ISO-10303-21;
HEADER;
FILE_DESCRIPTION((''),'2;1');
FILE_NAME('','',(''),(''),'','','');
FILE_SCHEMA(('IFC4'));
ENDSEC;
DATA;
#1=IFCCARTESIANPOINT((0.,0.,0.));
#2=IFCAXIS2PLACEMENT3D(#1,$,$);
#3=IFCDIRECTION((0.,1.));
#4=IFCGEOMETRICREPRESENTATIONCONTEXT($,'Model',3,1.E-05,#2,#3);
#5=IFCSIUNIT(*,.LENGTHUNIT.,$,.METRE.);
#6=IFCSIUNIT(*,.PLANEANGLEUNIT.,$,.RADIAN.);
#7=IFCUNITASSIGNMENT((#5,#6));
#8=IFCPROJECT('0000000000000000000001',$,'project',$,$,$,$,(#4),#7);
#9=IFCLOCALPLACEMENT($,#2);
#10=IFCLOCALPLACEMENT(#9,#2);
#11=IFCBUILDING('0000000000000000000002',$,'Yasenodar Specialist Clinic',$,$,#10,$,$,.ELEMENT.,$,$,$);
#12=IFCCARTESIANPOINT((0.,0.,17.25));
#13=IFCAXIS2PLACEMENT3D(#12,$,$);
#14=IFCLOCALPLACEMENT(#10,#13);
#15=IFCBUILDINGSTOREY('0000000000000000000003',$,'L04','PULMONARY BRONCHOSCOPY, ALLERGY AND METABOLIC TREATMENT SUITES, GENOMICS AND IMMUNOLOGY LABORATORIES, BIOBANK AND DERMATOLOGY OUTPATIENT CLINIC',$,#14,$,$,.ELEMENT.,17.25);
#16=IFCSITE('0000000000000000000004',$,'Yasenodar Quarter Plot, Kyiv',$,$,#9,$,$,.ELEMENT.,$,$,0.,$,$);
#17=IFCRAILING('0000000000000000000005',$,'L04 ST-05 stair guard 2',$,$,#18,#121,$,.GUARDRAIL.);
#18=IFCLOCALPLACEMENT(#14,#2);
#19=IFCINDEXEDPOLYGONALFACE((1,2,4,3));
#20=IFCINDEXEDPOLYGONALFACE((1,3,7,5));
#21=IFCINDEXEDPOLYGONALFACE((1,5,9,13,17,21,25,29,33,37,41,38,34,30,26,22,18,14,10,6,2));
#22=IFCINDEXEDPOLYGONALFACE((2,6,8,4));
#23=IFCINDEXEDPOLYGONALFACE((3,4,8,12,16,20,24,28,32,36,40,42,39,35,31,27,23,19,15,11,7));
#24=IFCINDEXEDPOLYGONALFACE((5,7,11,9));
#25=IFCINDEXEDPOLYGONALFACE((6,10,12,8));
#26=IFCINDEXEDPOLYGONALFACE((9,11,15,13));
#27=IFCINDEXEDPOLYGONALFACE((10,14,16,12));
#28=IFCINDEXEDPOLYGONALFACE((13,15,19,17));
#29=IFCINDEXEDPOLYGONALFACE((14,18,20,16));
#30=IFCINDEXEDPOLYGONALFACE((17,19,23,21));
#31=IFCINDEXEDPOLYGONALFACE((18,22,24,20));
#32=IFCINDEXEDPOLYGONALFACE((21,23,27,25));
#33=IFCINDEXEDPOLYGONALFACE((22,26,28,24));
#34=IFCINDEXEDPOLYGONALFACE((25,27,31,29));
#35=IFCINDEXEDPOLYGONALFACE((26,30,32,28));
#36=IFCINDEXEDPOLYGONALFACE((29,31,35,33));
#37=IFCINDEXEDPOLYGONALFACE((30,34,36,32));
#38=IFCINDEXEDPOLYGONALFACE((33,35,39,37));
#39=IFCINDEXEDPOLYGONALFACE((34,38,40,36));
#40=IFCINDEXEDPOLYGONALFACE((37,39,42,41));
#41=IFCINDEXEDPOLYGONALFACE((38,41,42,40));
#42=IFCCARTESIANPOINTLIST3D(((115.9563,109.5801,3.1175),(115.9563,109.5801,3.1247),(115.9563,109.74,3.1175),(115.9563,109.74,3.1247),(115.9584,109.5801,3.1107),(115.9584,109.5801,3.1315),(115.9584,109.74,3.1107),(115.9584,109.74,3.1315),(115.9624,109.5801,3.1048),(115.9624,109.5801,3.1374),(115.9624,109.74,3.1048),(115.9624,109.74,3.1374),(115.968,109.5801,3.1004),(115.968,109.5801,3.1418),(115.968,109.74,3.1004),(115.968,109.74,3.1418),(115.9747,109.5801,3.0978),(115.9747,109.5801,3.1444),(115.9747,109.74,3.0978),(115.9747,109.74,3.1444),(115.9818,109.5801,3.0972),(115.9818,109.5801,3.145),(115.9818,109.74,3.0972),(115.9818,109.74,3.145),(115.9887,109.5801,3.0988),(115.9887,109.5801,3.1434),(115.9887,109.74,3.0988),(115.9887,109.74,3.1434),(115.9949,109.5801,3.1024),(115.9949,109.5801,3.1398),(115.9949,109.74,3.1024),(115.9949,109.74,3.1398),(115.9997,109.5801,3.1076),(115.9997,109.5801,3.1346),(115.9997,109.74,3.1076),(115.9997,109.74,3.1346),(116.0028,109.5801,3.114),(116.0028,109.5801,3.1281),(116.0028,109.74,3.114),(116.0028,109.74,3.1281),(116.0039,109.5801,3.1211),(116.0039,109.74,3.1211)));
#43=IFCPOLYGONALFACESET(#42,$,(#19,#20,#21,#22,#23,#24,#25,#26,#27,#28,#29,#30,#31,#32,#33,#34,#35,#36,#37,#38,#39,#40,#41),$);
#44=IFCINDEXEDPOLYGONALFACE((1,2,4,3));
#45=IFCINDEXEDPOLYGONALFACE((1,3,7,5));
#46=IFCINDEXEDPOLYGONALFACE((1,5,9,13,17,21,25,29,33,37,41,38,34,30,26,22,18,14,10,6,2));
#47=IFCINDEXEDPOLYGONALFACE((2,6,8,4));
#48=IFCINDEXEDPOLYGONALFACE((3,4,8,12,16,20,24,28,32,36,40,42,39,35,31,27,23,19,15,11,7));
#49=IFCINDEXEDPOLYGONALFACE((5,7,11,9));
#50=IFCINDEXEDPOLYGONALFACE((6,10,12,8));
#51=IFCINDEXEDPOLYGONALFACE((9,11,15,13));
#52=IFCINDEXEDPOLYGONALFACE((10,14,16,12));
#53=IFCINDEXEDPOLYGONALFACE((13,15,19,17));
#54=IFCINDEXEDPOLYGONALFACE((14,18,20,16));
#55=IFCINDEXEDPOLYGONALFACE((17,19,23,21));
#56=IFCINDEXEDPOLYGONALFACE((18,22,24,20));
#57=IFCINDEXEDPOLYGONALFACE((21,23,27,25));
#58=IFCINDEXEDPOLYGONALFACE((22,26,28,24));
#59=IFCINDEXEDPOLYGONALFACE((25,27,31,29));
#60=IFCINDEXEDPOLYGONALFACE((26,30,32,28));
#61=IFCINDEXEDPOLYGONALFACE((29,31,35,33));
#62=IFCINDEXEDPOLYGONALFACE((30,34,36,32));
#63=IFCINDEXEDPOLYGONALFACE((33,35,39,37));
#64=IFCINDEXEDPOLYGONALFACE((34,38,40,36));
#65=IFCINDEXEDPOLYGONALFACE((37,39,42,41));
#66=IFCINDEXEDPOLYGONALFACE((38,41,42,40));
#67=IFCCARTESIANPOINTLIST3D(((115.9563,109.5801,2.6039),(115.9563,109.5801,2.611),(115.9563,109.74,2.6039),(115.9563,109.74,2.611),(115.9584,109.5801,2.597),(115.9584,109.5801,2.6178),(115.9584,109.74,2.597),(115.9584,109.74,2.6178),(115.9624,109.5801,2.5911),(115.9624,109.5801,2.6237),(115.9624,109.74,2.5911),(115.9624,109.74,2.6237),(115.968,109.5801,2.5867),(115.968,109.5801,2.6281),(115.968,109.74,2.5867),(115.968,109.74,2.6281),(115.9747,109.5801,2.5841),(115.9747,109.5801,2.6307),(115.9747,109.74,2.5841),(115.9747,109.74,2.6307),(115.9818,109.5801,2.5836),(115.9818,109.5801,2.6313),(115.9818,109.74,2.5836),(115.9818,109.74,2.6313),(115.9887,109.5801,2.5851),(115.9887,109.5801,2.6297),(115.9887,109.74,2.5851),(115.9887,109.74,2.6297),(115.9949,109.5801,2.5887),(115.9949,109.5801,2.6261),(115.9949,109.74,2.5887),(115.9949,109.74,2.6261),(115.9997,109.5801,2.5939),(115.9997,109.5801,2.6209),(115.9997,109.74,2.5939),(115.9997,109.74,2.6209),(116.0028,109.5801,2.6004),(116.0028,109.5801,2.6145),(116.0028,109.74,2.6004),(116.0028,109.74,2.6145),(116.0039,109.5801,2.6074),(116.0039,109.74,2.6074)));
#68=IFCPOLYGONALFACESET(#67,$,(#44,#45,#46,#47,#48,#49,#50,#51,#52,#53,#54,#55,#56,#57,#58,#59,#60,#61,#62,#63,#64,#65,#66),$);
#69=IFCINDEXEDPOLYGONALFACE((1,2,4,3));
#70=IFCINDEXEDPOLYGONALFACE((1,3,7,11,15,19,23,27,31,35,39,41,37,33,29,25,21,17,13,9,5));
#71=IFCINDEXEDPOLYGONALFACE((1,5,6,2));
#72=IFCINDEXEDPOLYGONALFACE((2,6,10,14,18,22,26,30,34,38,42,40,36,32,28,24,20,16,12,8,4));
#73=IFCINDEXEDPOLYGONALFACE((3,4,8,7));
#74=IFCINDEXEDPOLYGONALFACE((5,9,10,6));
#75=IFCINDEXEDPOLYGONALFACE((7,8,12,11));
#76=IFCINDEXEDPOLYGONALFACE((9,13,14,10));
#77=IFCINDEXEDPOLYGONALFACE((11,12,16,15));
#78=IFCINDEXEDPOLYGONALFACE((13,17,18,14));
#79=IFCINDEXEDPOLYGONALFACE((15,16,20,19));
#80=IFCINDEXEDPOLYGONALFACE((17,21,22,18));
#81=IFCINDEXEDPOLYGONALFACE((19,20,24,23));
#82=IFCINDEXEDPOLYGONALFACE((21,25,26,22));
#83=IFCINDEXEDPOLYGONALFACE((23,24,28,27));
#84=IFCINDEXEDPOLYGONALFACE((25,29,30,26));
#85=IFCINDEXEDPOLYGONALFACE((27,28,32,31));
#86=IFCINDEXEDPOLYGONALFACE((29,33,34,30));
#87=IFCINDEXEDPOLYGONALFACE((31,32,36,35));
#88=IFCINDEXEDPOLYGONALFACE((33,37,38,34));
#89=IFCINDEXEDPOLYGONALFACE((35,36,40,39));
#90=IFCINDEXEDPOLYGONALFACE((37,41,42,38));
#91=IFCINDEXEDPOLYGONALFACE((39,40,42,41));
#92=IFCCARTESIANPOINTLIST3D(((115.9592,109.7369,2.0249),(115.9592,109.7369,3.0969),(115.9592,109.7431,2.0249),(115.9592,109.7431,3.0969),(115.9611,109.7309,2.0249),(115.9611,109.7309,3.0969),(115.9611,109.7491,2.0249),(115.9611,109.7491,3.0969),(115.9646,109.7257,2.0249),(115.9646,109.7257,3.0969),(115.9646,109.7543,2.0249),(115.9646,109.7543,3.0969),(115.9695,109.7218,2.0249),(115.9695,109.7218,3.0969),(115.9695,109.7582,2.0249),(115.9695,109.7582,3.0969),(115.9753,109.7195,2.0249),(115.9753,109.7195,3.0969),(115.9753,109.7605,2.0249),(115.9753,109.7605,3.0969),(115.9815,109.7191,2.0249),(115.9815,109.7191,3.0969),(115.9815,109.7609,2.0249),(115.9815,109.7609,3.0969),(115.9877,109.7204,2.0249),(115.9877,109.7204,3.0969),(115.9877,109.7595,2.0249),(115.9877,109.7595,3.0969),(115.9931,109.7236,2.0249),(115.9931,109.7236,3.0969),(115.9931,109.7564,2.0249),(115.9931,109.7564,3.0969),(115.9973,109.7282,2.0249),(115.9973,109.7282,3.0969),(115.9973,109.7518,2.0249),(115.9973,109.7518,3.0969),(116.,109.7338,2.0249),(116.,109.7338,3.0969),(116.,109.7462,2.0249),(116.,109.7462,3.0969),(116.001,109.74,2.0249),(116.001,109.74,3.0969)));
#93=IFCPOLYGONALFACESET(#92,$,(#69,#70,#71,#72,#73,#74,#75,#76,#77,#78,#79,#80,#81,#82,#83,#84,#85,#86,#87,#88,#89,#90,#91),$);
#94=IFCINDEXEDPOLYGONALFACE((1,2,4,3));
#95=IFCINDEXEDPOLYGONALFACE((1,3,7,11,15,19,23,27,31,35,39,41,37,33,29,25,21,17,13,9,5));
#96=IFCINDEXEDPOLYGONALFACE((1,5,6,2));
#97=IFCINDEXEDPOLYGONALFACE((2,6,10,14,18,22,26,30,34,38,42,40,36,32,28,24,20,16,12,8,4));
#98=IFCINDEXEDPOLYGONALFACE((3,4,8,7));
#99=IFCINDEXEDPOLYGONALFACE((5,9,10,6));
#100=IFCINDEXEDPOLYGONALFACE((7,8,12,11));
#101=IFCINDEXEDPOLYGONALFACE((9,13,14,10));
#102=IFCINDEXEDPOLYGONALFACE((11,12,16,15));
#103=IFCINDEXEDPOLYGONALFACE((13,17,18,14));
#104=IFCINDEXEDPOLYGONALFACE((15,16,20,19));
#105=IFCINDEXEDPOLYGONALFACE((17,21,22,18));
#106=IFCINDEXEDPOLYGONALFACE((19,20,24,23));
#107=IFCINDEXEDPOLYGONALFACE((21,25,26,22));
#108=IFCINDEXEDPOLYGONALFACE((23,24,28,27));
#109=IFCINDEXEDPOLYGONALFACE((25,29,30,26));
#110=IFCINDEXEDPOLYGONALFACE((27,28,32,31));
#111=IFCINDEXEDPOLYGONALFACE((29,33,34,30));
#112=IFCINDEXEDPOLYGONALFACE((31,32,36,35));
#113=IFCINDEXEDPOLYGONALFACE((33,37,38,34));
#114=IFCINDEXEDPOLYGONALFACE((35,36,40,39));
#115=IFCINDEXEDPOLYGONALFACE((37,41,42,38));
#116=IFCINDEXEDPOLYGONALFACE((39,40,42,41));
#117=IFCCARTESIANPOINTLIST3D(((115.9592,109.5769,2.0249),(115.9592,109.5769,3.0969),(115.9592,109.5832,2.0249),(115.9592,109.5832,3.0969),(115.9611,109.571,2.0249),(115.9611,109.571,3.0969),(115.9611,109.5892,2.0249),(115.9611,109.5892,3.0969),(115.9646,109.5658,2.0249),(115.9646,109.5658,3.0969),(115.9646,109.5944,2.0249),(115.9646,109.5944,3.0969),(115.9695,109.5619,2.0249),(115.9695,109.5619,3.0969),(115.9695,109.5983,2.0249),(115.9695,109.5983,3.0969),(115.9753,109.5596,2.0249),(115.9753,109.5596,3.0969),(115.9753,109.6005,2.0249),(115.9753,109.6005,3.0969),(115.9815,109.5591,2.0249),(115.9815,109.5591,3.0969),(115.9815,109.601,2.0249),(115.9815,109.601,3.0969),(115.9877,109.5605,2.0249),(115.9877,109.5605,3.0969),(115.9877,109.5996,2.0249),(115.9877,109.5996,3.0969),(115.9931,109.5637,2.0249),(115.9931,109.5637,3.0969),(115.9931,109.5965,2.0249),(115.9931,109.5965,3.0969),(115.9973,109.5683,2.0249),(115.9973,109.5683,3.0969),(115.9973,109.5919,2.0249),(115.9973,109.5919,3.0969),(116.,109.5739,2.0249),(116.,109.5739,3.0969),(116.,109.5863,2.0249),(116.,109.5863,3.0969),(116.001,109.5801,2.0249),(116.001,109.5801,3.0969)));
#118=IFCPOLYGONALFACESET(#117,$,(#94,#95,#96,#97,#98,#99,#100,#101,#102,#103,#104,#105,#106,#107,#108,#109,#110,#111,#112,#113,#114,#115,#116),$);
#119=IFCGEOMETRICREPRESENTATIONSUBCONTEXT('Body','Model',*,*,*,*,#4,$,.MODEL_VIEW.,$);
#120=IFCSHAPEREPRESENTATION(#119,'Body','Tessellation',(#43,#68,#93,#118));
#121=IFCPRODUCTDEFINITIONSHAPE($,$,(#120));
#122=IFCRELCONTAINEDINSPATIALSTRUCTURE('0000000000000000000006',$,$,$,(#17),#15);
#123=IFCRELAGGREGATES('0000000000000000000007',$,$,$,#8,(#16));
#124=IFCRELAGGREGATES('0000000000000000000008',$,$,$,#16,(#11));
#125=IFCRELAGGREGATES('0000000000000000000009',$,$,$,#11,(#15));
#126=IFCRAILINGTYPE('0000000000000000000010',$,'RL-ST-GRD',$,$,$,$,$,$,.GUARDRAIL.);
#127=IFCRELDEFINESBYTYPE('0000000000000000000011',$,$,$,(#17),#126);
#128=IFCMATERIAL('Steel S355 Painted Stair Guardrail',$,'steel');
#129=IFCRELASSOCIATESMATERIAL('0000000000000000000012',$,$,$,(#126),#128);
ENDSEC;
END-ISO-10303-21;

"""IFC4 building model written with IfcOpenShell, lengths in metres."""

from ifc_helpers import new_model, si_unit, direction, frame, origin, origin_2d, place, context, subcontext, project, spatial, circle, extrude, material, type_object, element, save


model = new_model("IFC4")

# Units and contexts
model_context = context("Model", 3, precision=1e-05, world=origin(), true_north=direction((0.0, 1.0)))
body_context = subcontext(model_context, "Body", "Model", "MODEL_VIEW")
ifc_project = project(units=[si_unit("LENGTHUNIT", "METRE"), si_unit("PLANEANGLEUNIT", "RADIAN")], contexts=[model_context])

# Site, building, storey
site_placement = place(None, origin())
site = spatial("IfcSite", under=ifc_project, at=site_placement, Name="Yasenodar Quarter Plot, Kyiv", CompositionType="ELEMENT", RefElevation=0.0)
building_placement = place(site_placement, origin())
building = spatial("IfcBuilding", under=site, at=building_placement, Name="Yasenodar Specialist Clinic", CompositionType="ELEMENT")
storey_placement = place(building_placement, frame((0.0, 0.0, 17.25)))
storey = spatial("IfcBuildingStorey", under=building, at=storey_placement, Name="L04", Description="PULMONARY BRONCHOSCOPY, ALLERGY AND METABOLIC TREATMENT SUITES, GENOMICS AND IMMUNOLOGY LABORATORIES, BIOBANK AND DERMATOLOGY OUTPATIENT CLINIC", CompositionType="ELEMENT", Elevation=17.25)

# Railing
ifc_material_1 = material(Name="Steel S355 Painted Stair Guardrail", Category="steel")
railing_type_1 = type_object("IfcRailingType", Name="RL-ST-GRD", PredefinedType="GUARDRAIL", material=ifc_material_1)
railing_1_placement = place(storey_placement, frame((115.98, 109.74, 2.0249)))
element("IfcRailing", 1, at=railing_1_placement, inside=storey, type_object=railing_type_1, Name="L04 ST-05 stair guard 2", PredefinedType="GUARDRAIL", context=body_context, shape_type="SweptSolid", body=[
    extrude(circle(Radius=0.0239, at=origin_2d()), frame((0.0, 0.0, 1.0962), z_axis=(0.0, -1.0, 0.0), x_axis=(1.0, 0.0, 0.0)), (0.0, 0.0, 1.0), 0.1599),
    extrude(circle(Radius=0.0239, at=origin_2d()), frame((0.0, 0.0, 0.5825), z_axis=(0.0, -1.0, 0.0), x_axis=(1.0, 0.0, 0.0)), (0.0, 0.0, 1.0), 0.1599),
    extrude(circle(Radius=0.021, at=origin_2d()), origin(), (0.0, 0.0, 1.0), 1.072),
    extrude(circle(Radius=0.021, at=origin_2d()), frame((0.0, -0.1599, 0.0)), (0.0, 0.0, 1.0), 1.072),
])

save(model, "model.ifc")
